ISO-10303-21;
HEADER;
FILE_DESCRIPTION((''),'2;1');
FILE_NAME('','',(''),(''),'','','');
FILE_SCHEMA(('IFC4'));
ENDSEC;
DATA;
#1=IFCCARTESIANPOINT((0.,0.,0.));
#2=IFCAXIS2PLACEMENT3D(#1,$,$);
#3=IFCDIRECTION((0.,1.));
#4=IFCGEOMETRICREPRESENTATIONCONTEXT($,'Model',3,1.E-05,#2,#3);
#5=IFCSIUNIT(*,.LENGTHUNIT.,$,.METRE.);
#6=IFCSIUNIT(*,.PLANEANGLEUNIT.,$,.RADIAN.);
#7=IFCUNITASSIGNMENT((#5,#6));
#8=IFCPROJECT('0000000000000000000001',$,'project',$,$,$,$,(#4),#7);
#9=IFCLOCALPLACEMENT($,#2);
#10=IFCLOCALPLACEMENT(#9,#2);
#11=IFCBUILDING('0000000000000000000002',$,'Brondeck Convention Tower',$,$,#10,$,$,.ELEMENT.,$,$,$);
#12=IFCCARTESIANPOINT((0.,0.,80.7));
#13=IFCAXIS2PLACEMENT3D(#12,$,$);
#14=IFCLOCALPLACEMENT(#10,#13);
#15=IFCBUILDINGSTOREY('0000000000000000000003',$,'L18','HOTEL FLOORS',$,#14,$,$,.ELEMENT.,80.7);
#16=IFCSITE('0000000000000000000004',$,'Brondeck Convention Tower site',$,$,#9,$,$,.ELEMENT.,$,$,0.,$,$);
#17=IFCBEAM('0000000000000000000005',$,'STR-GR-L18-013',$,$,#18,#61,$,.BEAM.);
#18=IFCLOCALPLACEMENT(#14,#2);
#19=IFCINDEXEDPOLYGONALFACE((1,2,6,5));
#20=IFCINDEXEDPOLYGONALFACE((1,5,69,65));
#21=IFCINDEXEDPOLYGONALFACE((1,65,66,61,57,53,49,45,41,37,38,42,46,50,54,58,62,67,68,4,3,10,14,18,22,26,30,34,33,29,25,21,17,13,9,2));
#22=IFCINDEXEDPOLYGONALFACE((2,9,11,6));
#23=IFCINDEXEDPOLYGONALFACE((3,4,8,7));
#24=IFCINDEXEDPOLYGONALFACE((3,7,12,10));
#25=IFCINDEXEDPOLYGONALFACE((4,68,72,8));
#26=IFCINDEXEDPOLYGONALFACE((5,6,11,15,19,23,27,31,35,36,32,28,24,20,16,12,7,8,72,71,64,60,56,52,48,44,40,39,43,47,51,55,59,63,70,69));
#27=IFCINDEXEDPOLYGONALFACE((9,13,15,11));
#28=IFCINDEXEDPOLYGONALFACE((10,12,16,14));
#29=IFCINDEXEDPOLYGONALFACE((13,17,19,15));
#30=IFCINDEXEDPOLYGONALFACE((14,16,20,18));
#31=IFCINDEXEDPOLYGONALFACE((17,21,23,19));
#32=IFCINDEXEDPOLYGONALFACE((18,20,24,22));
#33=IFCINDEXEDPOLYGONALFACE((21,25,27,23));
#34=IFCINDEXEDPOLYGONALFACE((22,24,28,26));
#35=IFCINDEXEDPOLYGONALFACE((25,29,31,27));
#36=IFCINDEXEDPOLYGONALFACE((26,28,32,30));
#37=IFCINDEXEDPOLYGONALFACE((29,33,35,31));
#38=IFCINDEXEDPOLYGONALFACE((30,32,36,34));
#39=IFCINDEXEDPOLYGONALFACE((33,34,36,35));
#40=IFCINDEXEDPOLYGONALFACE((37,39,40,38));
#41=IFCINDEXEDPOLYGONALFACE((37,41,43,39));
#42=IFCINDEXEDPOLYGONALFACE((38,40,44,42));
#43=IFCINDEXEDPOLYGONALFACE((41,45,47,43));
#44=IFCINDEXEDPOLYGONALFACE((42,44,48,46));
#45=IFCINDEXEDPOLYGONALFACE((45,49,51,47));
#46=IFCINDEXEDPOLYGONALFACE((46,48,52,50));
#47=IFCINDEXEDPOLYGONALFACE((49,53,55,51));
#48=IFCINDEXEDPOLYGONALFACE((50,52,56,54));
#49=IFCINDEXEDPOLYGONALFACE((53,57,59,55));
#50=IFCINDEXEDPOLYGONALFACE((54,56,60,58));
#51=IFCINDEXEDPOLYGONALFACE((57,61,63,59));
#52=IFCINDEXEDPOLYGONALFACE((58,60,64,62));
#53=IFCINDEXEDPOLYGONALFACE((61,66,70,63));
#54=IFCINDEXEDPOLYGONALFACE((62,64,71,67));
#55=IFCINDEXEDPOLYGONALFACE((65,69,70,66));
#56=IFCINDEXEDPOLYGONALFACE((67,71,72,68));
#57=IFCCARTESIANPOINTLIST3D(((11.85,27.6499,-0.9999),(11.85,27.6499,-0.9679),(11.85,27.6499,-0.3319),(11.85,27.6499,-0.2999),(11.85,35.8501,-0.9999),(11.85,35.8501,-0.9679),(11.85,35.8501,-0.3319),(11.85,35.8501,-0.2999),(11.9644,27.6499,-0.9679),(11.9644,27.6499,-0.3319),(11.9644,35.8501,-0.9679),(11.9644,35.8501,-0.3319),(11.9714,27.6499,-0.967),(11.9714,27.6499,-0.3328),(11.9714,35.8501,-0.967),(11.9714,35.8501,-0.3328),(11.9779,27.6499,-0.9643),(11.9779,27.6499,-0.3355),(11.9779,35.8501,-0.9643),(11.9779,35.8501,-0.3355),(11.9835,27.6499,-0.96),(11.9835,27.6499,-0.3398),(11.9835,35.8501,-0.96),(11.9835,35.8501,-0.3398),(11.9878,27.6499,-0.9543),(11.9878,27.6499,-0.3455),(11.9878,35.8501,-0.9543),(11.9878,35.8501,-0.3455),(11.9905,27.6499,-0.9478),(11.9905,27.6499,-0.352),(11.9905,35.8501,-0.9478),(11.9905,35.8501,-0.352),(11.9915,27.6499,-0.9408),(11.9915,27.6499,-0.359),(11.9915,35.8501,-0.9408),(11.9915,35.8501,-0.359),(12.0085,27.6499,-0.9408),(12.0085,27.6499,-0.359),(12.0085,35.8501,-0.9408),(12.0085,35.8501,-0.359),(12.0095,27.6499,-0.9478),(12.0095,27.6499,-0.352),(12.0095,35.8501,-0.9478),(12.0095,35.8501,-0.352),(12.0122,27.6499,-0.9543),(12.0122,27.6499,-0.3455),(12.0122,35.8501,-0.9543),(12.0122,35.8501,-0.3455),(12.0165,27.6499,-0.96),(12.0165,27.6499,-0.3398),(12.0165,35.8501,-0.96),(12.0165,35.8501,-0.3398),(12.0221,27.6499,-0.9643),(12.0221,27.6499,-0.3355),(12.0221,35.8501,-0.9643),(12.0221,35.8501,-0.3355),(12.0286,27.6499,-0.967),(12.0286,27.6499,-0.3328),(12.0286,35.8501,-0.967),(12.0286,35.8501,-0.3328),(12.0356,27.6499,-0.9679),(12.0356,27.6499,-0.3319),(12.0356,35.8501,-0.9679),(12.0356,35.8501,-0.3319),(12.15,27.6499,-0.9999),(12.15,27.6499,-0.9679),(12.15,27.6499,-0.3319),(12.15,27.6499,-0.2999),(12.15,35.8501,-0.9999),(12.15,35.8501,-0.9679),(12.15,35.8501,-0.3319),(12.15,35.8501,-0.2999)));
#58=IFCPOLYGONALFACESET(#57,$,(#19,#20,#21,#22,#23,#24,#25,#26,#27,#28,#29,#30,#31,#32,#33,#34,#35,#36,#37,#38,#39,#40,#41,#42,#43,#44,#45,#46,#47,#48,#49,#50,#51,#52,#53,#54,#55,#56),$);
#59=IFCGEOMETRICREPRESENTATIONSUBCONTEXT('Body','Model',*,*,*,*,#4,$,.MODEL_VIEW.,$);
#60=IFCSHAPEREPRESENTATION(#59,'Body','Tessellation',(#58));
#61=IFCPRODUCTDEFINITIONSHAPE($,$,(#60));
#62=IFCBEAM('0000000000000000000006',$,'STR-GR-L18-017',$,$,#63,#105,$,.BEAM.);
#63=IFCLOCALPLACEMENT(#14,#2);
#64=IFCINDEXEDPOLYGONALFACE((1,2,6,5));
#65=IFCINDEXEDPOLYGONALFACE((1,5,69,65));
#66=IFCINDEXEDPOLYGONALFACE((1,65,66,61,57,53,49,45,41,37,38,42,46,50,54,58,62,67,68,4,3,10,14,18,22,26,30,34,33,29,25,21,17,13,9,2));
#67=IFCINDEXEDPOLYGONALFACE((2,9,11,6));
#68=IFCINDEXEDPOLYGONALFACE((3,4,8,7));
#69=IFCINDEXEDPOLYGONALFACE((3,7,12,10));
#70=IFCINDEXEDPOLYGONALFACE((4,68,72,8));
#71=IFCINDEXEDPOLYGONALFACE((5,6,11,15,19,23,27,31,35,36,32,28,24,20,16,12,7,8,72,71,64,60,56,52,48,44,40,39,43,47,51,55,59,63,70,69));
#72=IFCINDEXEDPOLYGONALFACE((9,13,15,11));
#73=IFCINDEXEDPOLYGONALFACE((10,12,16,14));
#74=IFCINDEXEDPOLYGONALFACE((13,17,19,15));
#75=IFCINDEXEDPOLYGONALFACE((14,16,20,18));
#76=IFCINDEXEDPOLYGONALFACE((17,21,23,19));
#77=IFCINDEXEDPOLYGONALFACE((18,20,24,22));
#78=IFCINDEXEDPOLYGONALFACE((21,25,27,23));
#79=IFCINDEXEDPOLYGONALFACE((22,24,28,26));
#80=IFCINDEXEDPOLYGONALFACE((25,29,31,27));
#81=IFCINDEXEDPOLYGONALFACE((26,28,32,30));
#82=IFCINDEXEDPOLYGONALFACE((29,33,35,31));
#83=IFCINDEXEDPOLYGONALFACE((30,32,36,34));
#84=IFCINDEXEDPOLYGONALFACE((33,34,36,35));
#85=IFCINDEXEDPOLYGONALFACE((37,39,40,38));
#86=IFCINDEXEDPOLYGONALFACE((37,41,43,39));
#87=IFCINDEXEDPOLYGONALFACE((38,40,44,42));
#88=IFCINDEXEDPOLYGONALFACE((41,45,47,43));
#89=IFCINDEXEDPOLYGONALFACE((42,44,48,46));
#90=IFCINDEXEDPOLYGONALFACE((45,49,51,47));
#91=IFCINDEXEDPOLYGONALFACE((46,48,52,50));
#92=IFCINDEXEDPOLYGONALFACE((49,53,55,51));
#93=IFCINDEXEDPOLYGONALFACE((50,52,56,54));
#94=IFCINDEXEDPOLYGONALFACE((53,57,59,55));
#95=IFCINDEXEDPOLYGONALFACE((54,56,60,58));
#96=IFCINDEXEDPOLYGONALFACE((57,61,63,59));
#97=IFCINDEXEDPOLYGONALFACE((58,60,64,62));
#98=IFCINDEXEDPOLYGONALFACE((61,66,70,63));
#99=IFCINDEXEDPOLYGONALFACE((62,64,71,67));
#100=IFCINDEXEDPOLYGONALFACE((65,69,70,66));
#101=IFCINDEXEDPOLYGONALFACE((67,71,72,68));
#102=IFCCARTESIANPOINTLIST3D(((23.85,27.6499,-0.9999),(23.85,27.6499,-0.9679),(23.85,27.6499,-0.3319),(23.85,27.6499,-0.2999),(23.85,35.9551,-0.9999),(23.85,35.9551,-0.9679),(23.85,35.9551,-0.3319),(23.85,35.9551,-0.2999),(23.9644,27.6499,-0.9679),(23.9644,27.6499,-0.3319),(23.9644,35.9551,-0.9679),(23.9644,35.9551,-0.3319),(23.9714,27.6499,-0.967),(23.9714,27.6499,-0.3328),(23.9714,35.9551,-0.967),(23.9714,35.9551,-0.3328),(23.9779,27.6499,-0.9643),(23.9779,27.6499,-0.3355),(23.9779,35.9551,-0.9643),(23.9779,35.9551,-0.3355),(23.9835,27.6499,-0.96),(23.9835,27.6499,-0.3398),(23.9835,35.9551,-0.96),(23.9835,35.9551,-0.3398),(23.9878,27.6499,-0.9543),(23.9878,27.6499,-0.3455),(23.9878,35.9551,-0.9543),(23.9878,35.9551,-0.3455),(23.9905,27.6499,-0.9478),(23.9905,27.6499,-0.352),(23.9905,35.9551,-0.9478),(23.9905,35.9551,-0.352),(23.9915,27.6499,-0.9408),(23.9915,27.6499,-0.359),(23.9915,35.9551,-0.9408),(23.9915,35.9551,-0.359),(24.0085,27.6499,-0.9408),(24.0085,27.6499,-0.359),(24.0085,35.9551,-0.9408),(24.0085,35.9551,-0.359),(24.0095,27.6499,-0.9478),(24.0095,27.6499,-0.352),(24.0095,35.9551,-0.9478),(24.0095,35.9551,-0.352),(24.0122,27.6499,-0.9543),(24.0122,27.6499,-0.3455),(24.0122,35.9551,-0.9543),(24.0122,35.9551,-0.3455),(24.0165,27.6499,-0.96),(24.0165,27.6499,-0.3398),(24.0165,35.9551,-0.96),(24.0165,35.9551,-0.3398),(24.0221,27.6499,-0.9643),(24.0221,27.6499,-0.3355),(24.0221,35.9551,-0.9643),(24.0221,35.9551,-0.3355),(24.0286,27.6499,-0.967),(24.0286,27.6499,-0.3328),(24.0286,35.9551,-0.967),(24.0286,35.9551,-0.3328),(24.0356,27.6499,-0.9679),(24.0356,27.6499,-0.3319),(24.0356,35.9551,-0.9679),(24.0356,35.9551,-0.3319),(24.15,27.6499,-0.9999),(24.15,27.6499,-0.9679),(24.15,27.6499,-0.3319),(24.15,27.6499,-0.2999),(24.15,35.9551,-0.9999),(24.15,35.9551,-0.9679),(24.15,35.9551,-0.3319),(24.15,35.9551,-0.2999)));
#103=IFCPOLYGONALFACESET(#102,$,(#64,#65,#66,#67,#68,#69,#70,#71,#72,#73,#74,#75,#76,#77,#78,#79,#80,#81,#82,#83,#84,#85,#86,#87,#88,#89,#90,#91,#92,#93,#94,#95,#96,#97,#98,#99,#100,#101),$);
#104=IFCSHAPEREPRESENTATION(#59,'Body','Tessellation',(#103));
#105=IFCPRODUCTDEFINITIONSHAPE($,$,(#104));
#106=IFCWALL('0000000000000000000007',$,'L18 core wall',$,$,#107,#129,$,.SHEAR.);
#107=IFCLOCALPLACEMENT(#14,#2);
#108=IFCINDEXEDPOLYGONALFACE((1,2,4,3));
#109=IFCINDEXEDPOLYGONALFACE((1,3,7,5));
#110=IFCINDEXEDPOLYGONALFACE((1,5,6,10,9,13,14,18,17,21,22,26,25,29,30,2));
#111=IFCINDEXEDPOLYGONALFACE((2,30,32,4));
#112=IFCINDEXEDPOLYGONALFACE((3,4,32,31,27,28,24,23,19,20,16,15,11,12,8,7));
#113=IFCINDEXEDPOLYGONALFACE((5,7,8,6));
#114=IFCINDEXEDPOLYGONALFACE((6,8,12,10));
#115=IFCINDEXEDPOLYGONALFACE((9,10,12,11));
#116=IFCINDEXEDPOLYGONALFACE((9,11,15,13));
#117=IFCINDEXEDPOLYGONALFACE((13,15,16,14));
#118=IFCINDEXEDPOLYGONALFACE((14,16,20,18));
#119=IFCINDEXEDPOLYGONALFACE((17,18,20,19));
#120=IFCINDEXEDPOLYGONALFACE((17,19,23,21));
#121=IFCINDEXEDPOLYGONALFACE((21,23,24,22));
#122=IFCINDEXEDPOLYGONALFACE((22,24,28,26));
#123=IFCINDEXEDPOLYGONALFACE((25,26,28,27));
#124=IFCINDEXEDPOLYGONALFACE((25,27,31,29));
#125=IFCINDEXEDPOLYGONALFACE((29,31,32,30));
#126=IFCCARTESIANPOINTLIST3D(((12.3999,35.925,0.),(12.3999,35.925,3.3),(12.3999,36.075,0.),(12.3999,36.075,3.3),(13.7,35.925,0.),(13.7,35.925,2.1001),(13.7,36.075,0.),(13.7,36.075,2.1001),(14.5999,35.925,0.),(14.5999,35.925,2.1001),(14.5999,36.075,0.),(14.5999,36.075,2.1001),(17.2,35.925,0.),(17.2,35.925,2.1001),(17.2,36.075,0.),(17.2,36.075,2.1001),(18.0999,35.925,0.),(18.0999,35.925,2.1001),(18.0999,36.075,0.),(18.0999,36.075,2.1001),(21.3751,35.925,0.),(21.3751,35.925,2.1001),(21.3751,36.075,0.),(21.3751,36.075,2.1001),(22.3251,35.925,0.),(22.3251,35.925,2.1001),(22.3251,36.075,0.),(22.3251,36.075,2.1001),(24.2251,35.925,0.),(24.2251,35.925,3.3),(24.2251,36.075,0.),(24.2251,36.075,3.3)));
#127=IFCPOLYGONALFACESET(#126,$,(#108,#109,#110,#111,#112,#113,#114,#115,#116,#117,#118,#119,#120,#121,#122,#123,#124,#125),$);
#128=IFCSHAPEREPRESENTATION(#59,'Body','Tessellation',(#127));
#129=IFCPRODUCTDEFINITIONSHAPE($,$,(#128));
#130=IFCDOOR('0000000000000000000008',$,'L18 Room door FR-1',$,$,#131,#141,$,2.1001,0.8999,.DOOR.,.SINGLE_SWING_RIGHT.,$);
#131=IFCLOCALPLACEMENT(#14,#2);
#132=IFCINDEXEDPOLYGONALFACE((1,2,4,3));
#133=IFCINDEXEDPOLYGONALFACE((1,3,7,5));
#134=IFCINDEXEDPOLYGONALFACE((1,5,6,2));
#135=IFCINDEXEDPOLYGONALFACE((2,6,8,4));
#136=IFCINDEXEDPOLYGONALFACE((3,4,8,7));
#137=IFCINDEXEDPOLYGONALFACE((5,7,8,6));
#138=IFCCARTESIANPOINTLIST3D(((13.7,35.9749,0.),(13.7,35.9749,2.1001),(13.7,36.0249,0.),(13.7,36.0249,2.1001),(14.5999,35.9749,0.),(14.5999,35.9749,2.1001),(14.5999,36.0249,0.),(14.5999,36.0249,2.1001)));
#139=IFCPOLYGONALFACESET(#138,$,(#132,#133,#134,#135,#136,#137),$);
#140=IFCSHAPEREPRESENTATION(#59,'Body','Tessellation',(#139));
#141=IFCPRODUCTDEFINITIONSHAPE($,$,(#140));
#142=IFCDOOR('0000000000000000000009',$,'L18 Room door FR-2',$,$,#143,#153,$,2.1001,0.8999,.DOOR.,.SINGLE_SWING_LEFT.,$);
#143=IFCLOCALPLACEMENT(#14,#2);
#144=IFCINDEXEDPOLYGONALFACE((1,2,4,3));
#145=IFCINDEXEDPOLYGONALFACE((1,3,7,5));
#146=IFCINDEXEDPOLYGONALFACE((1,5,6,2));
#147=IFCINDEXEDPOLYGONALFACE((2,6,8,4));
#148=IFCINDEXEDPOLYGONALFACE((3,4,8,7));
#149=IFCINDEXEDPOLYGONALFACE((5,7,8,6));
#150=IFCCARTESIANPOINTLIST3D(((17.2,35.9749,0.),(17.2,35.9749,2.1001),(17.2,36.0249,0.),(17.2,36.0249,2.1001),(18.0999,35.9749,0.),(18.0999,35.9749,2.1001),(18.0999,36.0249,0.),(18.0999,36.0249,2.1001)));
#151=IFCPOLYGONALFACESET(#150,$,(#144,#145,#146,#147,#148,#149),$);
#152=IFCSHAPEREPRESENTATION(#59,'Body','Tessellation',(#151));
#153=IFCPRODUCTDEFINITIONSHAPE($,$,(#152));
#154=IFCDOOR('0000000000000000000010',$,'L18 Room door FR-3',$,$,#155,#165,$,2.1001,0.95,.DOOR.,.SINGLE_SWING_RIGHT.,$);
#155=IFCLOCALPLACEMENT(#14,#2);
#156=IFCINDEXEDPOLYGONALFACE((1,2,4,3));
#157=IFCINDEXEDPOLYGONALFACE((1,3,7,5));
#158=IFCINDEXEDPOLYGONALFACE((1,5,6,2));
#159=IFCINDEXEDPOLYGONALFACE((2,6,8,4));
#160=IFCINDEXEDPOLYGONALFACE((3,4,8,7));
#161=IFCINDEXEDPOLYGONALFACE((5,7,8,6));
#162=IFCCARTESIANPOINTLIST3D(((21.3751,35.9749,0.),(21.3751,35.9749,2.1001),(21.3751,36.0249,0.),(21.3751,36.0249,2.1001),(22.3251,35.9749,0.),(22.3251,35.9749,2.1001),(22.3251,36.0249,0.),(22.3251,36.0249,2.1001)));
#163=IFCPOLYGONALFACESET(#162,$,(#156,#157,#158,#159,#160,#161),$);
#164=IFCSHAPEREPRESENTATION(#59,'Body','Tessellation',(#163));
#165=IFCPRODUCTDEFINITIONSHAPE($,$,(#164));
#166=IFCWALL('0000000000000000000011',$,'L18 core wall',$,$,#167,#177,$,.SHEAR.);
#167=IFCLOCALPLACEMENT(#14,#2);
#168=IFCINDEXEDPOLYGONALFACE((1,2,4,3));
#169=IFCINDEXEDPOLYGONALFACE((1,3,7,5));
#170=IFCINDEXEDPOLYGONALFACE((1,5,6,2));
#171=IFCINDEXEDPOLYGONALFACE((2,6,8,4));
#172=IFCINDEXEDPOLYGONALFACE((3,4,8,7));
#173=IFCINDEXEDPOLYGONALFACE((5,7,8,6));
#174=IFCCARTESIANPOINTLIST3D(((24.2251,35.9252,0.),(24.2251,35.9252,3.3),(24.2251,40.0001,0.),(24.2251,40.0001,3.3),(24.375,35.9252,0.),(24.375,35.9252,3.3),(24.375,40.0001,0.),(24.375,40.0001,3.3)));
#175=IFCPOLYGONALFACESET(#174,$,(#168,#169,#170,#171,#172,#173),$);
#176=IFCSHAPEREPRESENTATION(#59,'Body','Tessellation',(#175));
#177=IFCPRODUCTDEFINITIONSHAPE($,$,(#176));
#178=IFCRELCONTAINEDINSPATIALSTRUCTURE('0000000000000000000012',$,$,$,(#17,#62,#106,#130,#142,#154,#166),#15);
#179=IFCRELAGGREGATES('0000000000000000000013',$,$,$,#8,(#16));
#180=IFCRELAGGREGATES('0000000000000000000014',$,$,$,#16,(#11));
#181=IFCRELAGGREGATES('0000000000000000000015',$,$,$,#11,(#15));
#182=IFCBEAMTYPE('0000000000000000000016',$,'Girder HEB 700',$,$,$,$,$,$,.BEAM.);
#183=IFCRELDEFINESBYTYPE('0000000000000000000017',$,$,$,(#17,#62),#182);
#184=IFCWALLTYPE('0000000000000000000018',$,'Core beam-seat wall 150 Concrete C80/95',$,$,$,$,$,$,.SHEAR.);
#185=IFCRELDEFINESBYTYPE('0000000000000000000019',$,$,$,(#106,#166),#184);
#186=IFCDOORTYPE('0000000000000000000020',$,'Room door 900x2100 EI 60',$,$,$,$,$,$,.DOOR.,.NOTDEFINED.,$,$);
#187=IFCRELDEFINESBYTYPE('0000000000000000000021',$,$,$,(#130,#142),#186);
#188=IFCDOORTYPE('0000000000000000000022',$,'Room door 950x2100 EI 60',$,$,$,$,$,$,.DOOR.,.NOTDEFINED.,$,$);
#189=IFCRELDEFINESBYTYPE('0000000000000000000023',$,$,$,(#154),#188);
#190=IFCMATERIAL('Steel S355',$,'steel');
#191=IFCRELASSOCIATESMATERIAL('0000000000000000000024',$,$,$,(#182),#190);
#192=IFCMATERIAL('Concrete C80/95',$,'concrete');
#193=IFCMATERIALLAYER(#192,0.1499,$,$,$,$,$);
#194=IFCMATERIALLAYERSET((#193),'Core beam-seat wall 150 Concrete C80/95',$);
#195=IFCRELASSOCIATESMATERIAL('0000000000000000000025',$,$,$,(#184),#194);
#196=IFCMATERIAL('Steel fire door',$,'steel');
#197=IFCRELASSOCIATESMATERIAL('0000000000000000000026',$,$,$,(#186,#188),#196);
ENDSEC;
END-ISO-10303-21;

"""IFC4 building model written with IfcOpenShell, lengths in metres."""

from ifc_helpers import new_model, si_unit, direction, frame, frame_2d, origin, origin_2d, place, context, subcontext, project, spatial, rectangle, i_section, extrude, material, layer, layer_set, material_profile, profile_set, type_object, element, fill, save


model = new_model("IFC4")

# Units and contexts
model_context = context("Model", 3, precision=1e-05, world=origin(), true_north=direction((0.0, 1.0)))
body_context = subcontext(model_context, "Body", "Model", "MODEL_VIEW")
ifc_project = project(units=[si_unit("LENGTHUNIT", "METRE"), si_unit("PLANEANGLEUNIT", "RADIAN")], contexts=[model_context])

# Site, building, storey
site_placement = place(None, origin())
site = spatial("IfcSite", under=ifc_project, at=site_placement, Name="Brondeck Convention Tower site", CompositionType="ELEMENT", RefElevation=0.0)
building_placement = place(site_placement, origin())
building = spatial("IfcBuilding", under=site, at=building_placement, Name="Brondeck Convention Tower", CompositionType="ELEMENT")
storey_placement = place(building_placement, frame((0.0, 0.0, 80.7)))
storey = spatial("IfcBuildingStorey", under=building, at=storey_placement, Name="L18", Description="HOTEL FLOORS", CompositionType="ELEMENT", Elevation=80.7)

# Beams
ifc_material_1 = material(Name="Steel S355", Category="steel")
ifc_material_profile = material_profile(ifc_material_1, i_section(OverallWidth=0.3, OverallDepth=0.7, WebThickness=0.0171, FlangeThickness=0.032, FilletRadius=0.0271, at=origin_2d()), Name="HEB 700")
ifc_profile_set = profile_set([ifc_material_profile], Name="Steel S355")
beam_type = type_object("IfcBeamType", Name="Girder HEB 700", PredefinedType="BEAM", material=ifc_profile_set)
beam_1_placement = place(storey_placement, frame((12.0, 35.8501, -0.6499), z_axis=(0.0, -1.0, 0.0), x_axis=(1.0, 0.0, 0.0)))
element("IfcBeam", 1, at=beam_1_placement, inside=storey, type_object=beam_type, Name="STR-GR-L18-013", PredefinedType="BEAM", context=body_context, shape_type="SweptSolid", body=[
    extrude(i_section(OverallWidth=0.3, OverallDepth=0.7, WebThickness=0.0171, FlangeThickness=0.032, FilletRadius=0.0271, at=origin_2d()), origin(), (0.0, 0.0, 1.0), 8.2002),
])
beam_2_placement = place(storey_placement, frame((24.0, 35.9551, -0.6499), z_axis=(0.0, -1.0, 0.0), x_axis=(1.0, 0.0, 0.0)))
element("IfcBeam", 2, at=beam_2_placement, inside=storey, type_object=beam_type, Name="STR-GR-L18-017", PredefinedType="BEAM", context=body_context, shape_type="SweptSolid", body=[
    extrude(i_section(OverallWidth=0.3, OverallDepth=0.7, WebThickness=0.0171, FlangeThickness=0.032, FilletRadius=0.0271, at=origin_2d()), origin(), (0.0, 0.0, 1.0), 8.3052),
])

# Wall, openings, doors
ifc_material_2 = material(Name="Concrete C80/95", Category="concrete")
ifc_layer_1 = layer(ifc_material_2, 0.1499)
ifc_layer_set_1 = layer_set([ifc_layer_1], Name="Core beam-seat wall 150 Concrete C80/95")
wall_type_1 = type_object("IfcWallType", Name="Core beam-seat wall 150 Concrete C80/95", PredefinedType="SHEAR", material=ifc_layer_set_1)
wall_1_placement = place(storey_placement, frame((12.3999, 36.0, 0.0), z_axis=(0.0, 0.0, 1.0), x_axis=(1.0, 0.0, 0.0)))
wall_1 = element("IfcWall", 3, at=wall_1_placement, inside=storey, type_object=wall_type_1, Name="L18 core wall", PredefinedType="SHEAR", context=body_context, shape_type="SweptSolid", body=[
    extrude(rectangle(XDim=11.8252, YDim=0.1499, at=frame_2d((5.9126, 0.0))), origin(), (0.0, 0.0, 1.0), 3.3),
])
opening_1_placement = place(wall_1_placement, frame((1.3, 0.0, 0.0)))
opening_1 = element("IfcOpeningElement", 4, at=opening_1_placement, cuts=wall_1, PredefinedType="OPENING", context=body_context, shape_type="SweptSolid", body=[
    extrude(rectangle(XDim=0.8999, YDim=2.1001, at=frame_2d((0.45, 1.05))), frame((0.0, 0.085, 0.0), z_axis=(0.0, -1.0, 0.0), x_axis=(1.0, 0.0, 0.0)), (0.0, 0.0, 1.0), 0.1699),
])
opening_2_placement = place(wall_1_placement, frame((4.8, 0.0, 0.0)))
opening_2 = element("IfcOpeningElement", 5, at=opening_2_placement, cuts=wall_1, PredefinedType="OPENING", context=body_context, shape_type="SweptSolid", body=[
    extrude(rectangle(XDim=0.8999, YDim=2.1001, at=frame_2d((0.45, 1.05))), frame((0.0, 0.085, 0.0), z_axis=(0.0, -1.0, 0.0), x_axis=(1.0, 0.0, 0.0)), (0.0, 0.0, 1.0), 0.1699),
])
opening_3_placement = place(wall_1_placement, frame((8.9751, 0.0, 0.0)))
opening_3 = element("IfcOpeningElement", 6, at=opening_3_placement, cuts=wall_1, PredefinedType="OPENING", context=body_context, shape_type="SweptSolid", body=[
    extrude(rectangle(XDim=0.95, YDim=2.1001, at=frame_2d((0.4751, 1.05))), frame((0.0, 0.085, 0.0), z_axis=(0.0, -1.0, 0.0), x_axis=(1.0, 0.0, 0.0)), (0.0, 0.0, 1.0), 0.1699),
])
ifc_material_3 = material(Name="Steel fire door", Category="steel")
door_type_1 = type_object("IfcDoorType", Name="Room door 900x2100 EI 60", OperationType="NOTDEFINED", PredefinedType="DOOR", material=ifc_material_3)
door_1_placement = place(opening_1_placement, origin())
door_1 = element("IfcDoor", 7, at=door_1_placement, inside=storey, type_object=door_type_1, Name="L18 Room door FR-1", OperationType="SINGLE_SWING_RIGHT", OverallHeight=2.1001, OverallWidth=0.8999, PredefinedType="DOOR", context=body_context, shape_type="SweptSolid", body=[
    extrude(rectangle(XDim=0.8999, YDim=2.1001, at=frame_2d((0.45, 1.05))), frame((0.0, 0.0249, 0.0), z_axis=(0.0, -1.0, 0.0), x_axis=(1.0, 0.0, 0.0)), (0.0, 0.0, 1.0), 0.05),
])
fill(opening_1, door_1)
door_2_placement = place(opening_2_placement, origin())
door_2 = element("IfcDoor", 8, at=door_2_placement, inside=storey, type_object=door_type_1, Name="L18 Room door FR-2", OperationType="SINGLE_SWING_LEFT", OverallHeight=2.1001, OverallWidth=0.8999, PredefinedType="DOOR", context=body_context, shape_type="SweptSolid", body=[
    extrude(rectangle(XDim=0.8999, YDim=2.1001, at=frame_2d((0.45, 1.05))), frame((0.0, 0.0249, 0.0), z_axis=(0.0, -1.0, 0.0), x_axis=(1.0, 0.0, 0.0)), (0.0, 0.0, 1.0), 0.05),
])
fill(opening_2, door_2)
door_type_2 = type_object("IfcDoorType", Name="Room door 950x2100 EI 60", OperationType="NOTDEFINED", PredefinedType="DOOR", material=ifc_material_3)
door_3_placement = place(opening_3_placement, origin())
door_3 = element("IfcDoor", 9, at=door_3_placement, inside=storey, type_object=door_type_2, Name="L18 Room door FR-3", OperationType="SINGLE_SWING_RIGHT", OverallHeight=2.1001, OverallWidth=0.95, PredefinedType="DOOR", context=body_context, shape_type="SweptSolid", body=[
    extrude(rectangle(XDim=0.95, YDim=2.1001, at=frame_2d((0.4751, 1.05))), frame((0.0, 0.0249, 0.0), z_axis=(0.0, -1.0, 0.0), x_axis=(1.0, 0.0, 0.0)), (0.0, 0.0, 1.0), 0.05),
])
fill(opening_3, door_3)

# Wall
wall_2_placement = place(storey_placement, frame((24.3, 35.925, 0.0), z_axis=(0.0, 0.0, 1.0), x_axis=(0.0, 1.0, 0.0)))
element("IfcWall", 10, at=wall_2_placement, inside=storey, type_object=wall_type_1, Name="L18 core wall", PredefinedType="SHEAR", context=body_context, shape_type="SweptSolid", body=[
    extrude(rectangle(XDim=4.075, YDim=0.1499, at=frame_2d((2.0376, 0.0))), origin(), (0.0, 0.0, 1.0), 3.3),
])

save(model, "model.ifc")
